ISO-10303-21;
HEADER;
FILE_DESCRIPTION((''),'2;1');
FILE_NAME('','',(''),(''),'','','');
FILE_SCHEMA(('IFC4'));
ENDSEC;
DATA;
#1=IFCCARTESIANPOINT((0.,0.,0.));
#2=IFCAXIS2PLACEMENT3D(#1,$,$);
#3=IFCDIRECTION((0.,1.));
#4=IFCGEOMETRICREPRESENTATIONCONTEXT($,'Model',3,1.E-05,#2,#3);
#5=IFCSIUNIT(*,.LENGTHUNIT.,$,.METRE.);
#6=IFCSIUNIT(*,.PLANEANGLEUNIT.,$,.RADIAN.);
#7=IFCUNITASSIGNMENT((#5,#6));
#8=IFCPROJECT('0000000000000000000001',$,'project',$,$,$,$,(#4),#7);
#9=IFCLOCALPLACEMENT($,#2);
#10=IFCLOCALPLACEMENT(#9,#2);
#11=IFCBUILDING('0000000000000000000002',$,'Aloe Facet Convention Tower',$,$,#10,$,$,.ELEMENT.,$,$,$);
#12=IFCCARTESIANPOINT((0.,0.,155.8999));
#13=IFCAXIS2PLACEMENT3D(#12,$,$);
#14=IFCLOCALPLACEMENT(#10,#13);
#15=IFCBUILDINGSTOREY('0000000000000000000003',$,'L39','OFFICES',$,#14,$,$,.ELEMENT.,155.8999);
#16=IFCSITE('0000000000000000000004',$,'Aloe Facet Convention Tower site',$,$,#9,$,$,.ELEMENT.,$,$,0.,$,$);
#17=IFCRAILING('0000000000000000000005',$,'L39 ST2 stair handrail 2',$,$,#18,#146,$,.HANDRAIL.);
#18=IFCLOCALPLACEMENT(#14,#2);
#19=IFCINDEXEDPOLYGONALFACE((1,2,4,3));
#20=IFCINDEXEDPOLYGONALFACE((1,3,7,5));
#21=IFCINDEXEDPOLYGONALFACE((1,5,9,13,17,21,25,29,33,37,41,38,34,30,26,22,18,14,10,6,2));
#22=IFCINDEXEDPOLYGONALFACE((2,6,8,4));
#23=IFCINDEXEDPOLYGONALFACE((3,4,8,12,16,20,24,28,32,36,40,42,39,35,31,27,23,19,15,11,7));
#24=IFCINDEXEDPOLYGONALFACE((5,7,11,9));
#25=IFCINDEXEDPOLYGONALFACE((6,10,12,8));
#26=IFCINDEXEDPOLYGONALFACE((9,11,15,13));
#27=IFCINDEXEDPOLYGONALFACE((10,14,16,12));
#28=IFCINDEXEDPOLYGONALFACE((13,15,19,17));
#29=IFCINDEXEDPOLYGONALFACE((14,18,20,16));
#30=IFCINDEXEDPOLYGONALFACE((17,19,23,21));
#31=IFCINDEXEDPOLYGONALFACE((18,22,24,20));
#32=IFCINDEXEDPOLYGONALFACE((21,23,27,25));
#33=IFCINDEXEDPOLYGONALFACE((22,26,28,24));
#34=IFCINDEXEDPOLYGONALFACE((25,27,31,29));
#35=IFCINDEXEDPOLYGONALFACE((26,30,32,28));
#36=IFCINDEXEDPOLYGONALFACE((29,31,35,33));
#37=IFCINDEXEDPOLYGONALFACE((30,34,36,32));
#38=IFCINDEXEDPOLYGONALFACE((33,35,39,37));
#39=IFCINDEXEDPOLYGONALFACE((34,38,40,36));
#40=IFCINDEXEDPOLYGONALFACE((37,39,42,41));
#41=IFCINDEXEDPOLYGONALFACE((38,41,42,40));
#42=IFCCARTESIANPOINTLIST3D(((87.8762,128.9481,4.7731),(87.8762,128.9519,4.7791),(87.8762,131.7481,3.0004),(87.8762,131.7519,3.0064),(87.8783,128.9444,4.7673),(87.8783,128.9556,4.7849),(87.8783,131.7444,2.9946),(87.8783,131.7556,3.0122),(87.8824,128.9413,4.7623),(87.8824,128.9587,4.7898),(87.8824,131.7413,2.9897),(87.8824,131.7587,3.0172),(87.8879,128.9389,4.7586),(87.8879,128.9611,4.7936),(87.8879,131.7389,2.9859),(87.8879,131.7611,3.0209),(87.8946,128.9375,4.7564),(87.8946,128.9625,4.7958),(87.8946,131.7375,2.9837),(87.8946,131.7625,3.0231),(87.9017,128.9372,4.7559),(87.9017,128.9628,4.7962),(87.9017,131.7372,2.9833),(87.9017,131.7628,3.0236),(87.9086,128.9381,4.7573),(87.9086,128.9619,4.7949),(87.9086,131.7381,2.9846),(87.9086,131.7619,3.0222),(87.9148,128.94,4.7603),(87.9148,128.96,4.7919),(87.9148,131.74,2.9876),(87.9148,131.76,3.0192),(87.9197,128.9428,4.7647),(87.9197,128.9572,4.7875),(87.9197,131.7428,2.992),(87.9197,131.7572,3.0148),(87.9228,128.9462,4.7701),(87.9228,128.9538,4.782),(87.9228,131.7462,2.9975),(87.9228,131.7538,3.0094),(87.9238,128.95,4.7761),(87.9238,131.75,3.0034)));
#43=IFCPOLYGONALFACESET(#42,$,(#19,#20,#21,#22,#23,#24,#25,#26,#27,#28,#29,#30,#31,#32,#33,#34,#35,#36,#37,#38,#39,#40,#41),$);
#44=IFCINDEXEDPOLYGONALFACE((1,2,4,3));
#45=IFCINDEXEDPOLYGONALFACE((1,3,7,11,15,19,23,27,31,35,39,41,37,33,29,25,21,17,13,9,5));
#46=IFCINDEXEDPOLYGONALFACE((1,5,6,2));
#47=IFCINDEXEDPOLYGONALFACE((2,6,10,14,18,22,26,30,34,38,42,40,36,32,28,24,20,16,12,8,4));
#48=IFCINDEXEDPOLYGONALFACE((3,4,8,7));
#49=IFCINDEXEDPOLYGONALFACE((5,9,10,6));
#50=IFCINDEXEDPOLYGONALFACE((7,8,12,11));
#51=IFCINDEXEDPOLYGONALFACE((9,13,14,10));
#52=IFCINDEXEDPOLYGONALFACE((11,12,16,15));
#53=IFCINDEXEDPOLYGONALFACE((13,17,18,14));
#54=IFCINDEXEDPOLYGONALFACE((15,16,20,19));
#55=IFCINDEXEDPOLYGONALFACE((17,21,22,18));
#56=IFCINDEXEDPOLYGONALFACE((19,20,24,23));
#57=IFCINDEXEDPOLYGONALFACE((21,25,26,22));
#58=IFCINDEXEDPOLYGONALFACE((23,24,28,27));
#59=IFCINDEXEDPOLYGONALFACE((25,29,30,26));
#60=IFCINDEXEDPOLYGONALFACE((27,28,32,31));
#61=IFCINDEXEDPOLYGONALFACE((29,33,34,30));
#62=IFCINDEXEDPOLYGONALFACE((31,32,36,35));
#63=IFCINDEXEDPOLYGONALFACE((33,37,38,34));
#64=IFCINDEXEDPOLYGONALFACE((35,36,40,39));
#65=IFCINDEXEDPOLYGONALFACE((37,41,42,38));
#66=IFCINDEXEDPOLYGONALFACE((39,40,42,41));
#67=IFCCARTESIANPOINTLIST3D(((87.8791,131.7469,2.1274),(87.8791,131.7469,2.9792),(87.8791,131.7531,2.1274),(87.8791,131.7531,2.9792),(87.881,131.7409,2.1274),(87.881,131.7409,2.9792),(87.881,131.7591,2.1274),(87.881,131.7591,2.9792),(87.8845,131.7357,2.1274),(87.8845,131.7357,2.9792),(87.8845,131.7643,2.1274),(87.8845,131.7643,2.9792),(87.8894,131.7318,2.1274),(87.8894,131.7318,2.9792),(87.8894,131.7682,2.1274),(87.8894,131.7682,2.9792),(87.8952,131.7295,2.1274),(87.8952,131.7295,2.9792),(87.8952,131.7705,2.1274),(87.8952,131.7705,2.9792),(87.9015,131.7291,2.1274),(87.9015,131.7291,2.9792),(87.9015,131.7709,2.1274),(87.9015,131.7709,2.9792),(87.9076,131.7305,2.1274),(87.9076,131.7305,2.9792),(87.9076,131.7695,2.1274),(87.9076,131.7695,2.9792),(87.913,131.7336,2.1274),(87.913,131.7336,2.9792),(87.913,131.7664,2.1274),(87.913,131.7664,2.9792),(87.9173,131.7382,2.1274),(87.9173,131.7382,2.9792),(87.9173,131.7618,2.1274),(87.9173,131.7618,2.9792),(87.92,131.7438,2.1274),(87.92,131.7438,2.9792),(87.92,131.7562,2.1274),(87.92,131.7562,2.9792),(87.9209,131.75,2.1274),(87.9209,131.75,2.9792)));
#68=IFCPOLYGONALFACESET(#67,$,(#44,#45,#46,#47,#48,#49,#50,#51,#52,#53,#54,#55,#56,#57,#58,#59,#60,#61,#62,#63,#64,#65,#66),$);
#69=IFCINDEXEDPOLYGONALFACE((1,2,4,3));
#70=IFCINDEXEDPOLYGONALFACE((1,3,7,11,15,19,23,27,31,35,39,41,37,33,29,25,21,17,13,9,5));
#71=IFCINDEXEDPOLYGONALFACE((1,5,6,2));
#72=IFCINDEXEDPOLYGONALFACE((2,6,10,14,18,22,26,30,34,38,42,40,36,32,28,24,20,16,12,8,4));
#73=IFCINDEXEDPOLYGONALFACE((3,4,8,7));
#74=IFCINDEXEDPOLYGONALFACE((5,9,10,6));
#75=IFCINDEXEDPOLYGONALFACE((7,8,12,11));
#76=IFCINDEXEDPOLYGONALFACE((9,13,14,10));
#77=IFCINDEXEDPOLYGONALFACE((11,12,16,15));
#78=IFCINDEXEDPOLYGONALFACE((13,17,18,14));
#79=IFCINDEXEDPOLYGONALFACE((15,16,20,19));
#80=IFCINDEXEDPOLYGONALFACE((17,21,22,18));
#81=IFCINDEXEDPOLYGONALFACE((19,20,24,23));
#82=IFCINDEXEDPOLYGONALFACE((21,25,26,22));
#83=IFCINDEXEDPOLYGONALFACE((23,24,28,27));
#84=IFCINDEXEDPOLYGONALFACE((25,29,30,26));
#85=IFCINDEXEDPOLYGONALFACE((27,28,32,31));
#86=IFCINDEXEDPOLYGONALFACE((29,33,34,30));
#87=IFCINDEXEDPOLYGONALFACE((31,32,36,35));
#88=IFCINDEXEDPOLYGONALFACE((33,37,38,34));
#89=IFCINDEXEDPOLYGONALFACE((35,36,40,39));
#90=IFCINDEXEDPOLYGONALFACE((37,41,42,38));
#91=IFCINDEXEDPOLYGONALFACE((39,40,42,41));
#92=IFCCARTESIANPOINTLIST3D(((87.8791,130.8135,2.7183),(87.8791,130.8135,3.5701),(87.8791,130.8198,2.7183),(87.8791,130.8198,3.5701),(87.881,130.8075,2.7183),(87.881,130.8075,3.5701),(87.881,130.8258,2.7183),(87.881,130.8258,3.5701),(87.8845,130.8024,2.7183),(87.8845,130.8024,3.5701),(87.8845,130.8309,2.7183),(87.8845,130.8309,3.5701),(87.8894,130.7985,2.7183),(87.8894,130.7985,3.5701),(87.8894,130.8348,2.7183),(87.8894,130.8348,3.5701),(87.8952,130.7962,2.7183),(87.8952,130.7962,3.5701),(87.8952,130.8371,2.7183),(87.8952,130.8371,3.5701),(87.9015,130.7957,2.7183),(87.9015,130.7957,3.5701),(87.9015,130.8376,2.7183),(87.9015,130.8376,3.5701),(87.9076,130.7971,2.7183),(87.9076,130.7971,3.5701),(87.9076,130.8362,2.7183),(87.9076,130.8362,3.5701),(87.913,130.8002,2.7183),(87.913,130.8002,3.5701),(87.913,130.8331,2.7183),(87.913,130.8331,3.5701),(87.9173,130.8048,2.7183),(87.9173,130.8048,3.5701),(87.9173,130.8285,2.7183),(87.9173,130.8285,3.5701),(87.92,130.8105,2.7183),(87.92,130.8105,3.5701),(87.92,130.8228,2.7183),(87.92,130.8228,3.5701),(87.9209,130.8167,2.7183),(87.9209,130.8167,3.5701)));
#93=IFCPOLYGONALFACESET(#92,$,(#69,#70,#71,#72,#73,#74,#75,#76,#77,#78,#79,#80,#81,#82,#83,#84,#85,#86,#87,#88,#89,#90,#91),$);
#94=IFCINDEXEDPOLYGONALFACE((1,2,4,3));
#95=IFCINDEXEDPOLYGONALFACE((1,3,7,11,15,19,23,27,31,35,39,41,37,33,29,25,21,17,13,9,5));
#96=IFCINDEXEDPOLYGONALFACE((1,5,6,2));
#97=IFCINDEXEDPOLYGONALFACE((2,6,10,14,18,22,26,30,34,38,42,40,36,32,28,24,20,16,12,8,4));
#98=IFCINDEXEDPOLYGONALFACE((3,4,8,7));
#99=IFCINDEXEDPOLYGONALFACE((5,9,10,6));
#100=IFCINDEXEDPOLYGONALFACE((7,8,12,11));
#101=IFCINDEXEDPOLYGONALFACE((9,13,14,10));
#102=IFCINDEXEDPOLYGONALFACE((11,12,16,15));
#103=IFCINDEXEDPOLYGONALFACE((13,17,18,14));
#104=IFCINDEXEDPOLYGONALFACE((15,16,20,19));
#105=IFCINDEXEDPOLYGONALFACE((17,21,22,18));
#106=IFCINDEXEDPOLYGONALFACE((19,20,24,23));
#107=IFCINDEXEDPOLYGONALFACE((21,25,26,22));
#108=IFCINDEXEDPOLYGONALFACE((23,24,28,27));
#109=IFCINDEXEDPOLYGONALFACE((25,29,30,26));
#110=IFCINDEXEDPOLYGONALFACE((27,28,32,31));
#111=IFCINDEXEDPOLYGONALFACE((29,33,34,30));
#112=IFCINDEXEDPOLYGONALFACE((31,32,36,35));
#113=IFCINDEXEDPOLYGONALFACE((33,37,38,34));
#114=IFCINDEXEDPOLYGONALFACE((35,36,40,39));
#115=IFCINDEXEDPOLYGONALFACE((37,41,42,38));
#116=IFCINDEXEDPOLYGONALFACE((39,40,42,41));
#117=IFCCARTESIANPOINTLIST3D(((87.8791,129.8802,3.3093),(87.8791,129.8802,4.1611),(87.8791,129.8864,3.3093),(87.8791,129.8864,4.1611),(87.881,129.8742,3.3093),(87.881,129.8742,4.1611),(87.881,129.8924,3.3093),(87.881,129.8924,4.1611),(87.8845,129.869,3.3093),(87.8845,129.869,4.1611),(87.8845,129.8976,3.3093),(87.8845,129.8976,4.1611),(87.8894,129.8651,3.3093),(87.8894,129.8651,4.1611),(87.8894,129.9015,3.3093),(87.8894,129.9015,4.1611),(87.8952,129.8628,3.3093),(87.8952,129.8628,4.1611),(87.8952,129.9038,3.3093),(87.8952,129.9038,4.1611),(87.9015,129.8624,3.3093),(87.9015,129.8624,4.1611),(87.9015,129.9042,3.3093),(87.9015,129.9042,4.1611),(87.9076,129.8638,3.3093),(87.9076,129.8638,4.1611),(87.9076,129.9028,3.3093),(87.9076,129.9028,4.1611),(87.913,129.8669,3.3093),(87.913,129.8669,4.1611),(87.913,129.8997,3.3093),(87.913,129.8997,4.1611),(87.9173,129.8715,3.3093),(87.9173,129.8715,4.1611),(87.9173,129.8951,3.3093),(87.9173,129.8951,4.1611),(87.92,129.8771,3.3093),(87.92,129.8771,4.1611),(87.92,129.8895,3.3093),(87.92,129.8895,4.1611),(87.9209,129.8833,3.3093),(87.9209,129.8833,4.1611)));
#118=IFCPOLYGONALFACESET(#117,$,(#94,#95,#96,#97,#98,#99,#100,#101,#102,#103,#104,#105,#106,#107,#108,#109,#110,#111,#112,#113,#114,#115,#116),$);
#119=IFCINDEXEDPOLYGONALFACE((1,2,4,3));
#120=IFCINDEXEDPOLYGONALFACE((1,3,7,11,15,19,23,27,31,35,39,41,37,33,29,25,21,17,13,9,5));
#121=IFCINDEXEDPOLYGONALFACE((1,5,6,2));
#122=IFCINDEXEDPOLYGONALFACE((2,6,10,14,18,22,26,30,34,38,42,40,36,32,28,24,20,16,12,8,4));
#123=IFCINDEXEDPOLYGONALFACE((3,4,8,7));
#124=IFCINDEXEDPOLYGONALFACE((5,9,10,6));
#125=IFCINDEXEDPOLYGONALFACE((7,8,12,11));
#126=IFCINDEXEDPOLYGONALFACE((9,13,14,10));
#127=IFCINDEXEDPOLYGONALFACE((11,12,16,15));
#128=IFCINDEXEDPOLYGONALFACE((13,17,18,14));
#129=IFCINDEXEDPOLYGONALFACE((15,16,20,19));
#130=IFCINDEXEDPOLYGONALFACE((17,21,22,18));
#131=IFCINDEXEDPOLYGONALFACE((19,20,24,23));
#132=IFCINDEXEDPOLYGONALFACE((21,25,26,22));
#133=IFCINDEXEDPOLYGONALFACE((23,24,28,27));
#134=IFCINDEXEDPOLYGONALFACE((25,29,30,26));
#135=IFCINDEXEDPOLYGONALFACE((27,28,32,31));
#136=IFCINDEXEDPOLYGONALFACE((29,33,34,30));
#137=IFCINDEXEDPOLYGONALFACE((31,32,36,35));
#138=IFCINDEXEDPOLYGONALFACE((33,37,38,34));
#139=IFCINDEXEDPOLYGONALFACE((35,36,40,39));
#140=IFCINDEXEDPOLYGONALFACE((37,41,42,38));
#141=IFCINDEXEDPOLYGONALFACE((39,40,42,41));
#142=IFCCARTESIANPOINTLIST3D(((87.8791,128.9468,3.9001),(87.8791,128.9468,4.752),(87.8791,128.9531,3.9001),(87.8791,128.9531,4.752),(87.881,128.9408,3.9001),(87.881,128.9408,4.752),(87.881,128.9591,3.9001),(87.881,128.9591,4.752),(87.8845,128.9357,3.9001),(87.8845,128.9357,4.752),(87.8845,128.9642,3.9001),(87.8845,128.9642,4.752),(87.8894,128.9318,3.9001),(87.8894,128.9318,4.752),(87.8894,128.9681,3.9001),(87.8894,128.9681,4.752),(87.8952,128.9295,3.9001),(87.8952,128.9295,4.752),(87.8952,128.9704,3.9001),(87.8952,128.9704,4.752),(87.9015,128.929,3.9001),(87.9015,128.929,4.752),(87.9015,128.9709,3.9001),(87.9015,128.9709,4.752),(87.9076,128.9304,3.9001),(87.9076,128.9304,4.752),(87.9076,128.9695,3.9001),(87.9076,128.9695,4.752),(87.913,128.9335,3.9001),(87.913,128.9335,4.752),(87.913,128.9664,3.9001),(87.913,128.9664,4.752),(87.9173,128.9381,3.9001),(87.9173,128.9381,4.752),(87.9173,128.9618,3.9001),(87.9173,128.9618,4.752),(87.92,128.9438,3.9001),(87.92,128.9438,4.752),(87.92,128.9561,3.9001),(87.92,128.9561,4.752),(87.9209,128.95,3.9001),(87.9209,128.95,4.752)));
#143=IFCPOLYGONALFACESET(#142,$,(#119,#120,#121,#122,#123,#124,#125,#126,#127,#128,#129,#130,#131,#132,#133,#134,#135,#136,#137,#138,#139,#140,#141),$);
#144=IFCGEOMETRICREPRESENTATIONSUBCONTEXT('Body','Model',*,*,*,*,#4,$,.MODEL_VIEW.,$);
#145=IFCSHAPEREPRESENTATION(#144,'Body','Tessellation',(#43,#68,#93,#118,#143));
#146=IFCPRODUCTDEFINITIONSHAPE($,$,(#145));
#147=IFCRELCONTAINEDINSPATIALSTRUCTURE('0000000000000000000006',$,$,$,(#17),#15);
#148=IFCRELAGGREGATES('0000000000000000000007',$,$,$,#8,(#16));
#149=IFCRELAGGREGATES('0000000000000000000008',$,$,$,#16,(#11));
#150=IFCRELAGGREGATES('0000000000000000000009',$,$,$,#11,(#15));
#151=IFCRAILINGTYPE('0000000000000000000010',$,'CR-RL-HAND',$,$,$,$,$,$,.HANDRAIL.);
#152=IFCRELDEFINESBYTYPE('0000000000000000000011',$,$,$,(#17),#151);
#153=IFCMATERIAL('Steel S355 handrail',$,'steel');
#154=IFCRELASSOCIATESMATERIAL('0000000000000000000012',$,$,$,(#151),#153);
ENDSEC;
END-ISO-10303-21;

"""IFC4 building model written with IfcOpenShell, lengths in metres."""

from ifc_helpers import new_model, si_unit, direction, frame, origin, origin_2d, place, context, subcontext, project, spatial, circle, extrude, material, type_object, element, save


model = new_model("IFC4")

# Units and contexts
model_context = context("Model", 3, precision=1e-05, world=origin(), true_north=direction((0.0, 1.0)))
body_context = subcontext(model_context, "Body", "Model", "MODEL_VIEW")
ifc_project = project(units=[si_unit("LENGTHUNIT", "METRE"), si_unit("PLANEANGLEUNIT", "RADIAN")], contexts=[model_context])

# Site, building, storey
site_placement = place(None, origin())
site = spatial("IfcSite", under=ifc_project, at=site_placement, Name="Aloe Facet Convention Tower site", CompositionType="ELEMENT", RefElevation=0.0)
building_placement = place(site_placement, origin())
building = spatial("IfcBuilding", under=site, at=building_placement, Name="Aloe Facet Convention Tower", CompositionType="ELEMENT")
storey_placement = place(building_placement, frame((0.0, 0.0, 155.8999)))
storey = spatial("IfcBuildingStorey", under=building, at=storey_placement, Name="L39", Description="OFFICES", CompositionType="ELEMENT", Elevation=155.8999)

# Railing
ifc_material_1 = material(Name="Steel S355 handrail", Category="steel")
railing_type_1 = type_object("IfcRailingType", Name="CR-RL-HAND", PredefinedType="HANDRAIL", material=ifc_material_1)
railing_1_placement = place(storey_placement, frame((87.8999, 131.75, 2.1274)))
element("IfcRailing", 1, at=railing_1_placement, inside=storey, type_object=railing_type_1, Name="L39 ST2 stair handrail 2", PredefinedType="HANDRAIL", context=body_context, shape_type="SweptSolid", body=[
    extrude(circle(Radius=0.0239, at=origin_2d()), frame((0.0, 0.0, 0.876), z_axis=(0.0, -0.844909, 0.53491), x_axis=(1.0, 0.0, 0.0)), (0.0, 0.0, 1.0), 3.314),
    extrude(circle(Radius=0.021, at=origin_2d()), origin(), (0.0, 0.0, 1.0), 0.8518),
    extrude(circle(Radius=0.021, at=origin_2d()), frame((0.0, -0.9333, 0.5908)), (0.0, 0.0, 1.0), 0.8518),
    extrude(circle(Radius=0.021, at=origin_2d()), frame((0.0, -1.8667, 1.1819)), (0.0, 0.0, 1.0), 0.8518),
    extrude(circle(Radius=0.021, at=origin_2d()), frame((0.0, -2.8, 1.7727)), (0.0, 0.0, 1.0), 0.8518),
])

save(model, "model.ifc")
